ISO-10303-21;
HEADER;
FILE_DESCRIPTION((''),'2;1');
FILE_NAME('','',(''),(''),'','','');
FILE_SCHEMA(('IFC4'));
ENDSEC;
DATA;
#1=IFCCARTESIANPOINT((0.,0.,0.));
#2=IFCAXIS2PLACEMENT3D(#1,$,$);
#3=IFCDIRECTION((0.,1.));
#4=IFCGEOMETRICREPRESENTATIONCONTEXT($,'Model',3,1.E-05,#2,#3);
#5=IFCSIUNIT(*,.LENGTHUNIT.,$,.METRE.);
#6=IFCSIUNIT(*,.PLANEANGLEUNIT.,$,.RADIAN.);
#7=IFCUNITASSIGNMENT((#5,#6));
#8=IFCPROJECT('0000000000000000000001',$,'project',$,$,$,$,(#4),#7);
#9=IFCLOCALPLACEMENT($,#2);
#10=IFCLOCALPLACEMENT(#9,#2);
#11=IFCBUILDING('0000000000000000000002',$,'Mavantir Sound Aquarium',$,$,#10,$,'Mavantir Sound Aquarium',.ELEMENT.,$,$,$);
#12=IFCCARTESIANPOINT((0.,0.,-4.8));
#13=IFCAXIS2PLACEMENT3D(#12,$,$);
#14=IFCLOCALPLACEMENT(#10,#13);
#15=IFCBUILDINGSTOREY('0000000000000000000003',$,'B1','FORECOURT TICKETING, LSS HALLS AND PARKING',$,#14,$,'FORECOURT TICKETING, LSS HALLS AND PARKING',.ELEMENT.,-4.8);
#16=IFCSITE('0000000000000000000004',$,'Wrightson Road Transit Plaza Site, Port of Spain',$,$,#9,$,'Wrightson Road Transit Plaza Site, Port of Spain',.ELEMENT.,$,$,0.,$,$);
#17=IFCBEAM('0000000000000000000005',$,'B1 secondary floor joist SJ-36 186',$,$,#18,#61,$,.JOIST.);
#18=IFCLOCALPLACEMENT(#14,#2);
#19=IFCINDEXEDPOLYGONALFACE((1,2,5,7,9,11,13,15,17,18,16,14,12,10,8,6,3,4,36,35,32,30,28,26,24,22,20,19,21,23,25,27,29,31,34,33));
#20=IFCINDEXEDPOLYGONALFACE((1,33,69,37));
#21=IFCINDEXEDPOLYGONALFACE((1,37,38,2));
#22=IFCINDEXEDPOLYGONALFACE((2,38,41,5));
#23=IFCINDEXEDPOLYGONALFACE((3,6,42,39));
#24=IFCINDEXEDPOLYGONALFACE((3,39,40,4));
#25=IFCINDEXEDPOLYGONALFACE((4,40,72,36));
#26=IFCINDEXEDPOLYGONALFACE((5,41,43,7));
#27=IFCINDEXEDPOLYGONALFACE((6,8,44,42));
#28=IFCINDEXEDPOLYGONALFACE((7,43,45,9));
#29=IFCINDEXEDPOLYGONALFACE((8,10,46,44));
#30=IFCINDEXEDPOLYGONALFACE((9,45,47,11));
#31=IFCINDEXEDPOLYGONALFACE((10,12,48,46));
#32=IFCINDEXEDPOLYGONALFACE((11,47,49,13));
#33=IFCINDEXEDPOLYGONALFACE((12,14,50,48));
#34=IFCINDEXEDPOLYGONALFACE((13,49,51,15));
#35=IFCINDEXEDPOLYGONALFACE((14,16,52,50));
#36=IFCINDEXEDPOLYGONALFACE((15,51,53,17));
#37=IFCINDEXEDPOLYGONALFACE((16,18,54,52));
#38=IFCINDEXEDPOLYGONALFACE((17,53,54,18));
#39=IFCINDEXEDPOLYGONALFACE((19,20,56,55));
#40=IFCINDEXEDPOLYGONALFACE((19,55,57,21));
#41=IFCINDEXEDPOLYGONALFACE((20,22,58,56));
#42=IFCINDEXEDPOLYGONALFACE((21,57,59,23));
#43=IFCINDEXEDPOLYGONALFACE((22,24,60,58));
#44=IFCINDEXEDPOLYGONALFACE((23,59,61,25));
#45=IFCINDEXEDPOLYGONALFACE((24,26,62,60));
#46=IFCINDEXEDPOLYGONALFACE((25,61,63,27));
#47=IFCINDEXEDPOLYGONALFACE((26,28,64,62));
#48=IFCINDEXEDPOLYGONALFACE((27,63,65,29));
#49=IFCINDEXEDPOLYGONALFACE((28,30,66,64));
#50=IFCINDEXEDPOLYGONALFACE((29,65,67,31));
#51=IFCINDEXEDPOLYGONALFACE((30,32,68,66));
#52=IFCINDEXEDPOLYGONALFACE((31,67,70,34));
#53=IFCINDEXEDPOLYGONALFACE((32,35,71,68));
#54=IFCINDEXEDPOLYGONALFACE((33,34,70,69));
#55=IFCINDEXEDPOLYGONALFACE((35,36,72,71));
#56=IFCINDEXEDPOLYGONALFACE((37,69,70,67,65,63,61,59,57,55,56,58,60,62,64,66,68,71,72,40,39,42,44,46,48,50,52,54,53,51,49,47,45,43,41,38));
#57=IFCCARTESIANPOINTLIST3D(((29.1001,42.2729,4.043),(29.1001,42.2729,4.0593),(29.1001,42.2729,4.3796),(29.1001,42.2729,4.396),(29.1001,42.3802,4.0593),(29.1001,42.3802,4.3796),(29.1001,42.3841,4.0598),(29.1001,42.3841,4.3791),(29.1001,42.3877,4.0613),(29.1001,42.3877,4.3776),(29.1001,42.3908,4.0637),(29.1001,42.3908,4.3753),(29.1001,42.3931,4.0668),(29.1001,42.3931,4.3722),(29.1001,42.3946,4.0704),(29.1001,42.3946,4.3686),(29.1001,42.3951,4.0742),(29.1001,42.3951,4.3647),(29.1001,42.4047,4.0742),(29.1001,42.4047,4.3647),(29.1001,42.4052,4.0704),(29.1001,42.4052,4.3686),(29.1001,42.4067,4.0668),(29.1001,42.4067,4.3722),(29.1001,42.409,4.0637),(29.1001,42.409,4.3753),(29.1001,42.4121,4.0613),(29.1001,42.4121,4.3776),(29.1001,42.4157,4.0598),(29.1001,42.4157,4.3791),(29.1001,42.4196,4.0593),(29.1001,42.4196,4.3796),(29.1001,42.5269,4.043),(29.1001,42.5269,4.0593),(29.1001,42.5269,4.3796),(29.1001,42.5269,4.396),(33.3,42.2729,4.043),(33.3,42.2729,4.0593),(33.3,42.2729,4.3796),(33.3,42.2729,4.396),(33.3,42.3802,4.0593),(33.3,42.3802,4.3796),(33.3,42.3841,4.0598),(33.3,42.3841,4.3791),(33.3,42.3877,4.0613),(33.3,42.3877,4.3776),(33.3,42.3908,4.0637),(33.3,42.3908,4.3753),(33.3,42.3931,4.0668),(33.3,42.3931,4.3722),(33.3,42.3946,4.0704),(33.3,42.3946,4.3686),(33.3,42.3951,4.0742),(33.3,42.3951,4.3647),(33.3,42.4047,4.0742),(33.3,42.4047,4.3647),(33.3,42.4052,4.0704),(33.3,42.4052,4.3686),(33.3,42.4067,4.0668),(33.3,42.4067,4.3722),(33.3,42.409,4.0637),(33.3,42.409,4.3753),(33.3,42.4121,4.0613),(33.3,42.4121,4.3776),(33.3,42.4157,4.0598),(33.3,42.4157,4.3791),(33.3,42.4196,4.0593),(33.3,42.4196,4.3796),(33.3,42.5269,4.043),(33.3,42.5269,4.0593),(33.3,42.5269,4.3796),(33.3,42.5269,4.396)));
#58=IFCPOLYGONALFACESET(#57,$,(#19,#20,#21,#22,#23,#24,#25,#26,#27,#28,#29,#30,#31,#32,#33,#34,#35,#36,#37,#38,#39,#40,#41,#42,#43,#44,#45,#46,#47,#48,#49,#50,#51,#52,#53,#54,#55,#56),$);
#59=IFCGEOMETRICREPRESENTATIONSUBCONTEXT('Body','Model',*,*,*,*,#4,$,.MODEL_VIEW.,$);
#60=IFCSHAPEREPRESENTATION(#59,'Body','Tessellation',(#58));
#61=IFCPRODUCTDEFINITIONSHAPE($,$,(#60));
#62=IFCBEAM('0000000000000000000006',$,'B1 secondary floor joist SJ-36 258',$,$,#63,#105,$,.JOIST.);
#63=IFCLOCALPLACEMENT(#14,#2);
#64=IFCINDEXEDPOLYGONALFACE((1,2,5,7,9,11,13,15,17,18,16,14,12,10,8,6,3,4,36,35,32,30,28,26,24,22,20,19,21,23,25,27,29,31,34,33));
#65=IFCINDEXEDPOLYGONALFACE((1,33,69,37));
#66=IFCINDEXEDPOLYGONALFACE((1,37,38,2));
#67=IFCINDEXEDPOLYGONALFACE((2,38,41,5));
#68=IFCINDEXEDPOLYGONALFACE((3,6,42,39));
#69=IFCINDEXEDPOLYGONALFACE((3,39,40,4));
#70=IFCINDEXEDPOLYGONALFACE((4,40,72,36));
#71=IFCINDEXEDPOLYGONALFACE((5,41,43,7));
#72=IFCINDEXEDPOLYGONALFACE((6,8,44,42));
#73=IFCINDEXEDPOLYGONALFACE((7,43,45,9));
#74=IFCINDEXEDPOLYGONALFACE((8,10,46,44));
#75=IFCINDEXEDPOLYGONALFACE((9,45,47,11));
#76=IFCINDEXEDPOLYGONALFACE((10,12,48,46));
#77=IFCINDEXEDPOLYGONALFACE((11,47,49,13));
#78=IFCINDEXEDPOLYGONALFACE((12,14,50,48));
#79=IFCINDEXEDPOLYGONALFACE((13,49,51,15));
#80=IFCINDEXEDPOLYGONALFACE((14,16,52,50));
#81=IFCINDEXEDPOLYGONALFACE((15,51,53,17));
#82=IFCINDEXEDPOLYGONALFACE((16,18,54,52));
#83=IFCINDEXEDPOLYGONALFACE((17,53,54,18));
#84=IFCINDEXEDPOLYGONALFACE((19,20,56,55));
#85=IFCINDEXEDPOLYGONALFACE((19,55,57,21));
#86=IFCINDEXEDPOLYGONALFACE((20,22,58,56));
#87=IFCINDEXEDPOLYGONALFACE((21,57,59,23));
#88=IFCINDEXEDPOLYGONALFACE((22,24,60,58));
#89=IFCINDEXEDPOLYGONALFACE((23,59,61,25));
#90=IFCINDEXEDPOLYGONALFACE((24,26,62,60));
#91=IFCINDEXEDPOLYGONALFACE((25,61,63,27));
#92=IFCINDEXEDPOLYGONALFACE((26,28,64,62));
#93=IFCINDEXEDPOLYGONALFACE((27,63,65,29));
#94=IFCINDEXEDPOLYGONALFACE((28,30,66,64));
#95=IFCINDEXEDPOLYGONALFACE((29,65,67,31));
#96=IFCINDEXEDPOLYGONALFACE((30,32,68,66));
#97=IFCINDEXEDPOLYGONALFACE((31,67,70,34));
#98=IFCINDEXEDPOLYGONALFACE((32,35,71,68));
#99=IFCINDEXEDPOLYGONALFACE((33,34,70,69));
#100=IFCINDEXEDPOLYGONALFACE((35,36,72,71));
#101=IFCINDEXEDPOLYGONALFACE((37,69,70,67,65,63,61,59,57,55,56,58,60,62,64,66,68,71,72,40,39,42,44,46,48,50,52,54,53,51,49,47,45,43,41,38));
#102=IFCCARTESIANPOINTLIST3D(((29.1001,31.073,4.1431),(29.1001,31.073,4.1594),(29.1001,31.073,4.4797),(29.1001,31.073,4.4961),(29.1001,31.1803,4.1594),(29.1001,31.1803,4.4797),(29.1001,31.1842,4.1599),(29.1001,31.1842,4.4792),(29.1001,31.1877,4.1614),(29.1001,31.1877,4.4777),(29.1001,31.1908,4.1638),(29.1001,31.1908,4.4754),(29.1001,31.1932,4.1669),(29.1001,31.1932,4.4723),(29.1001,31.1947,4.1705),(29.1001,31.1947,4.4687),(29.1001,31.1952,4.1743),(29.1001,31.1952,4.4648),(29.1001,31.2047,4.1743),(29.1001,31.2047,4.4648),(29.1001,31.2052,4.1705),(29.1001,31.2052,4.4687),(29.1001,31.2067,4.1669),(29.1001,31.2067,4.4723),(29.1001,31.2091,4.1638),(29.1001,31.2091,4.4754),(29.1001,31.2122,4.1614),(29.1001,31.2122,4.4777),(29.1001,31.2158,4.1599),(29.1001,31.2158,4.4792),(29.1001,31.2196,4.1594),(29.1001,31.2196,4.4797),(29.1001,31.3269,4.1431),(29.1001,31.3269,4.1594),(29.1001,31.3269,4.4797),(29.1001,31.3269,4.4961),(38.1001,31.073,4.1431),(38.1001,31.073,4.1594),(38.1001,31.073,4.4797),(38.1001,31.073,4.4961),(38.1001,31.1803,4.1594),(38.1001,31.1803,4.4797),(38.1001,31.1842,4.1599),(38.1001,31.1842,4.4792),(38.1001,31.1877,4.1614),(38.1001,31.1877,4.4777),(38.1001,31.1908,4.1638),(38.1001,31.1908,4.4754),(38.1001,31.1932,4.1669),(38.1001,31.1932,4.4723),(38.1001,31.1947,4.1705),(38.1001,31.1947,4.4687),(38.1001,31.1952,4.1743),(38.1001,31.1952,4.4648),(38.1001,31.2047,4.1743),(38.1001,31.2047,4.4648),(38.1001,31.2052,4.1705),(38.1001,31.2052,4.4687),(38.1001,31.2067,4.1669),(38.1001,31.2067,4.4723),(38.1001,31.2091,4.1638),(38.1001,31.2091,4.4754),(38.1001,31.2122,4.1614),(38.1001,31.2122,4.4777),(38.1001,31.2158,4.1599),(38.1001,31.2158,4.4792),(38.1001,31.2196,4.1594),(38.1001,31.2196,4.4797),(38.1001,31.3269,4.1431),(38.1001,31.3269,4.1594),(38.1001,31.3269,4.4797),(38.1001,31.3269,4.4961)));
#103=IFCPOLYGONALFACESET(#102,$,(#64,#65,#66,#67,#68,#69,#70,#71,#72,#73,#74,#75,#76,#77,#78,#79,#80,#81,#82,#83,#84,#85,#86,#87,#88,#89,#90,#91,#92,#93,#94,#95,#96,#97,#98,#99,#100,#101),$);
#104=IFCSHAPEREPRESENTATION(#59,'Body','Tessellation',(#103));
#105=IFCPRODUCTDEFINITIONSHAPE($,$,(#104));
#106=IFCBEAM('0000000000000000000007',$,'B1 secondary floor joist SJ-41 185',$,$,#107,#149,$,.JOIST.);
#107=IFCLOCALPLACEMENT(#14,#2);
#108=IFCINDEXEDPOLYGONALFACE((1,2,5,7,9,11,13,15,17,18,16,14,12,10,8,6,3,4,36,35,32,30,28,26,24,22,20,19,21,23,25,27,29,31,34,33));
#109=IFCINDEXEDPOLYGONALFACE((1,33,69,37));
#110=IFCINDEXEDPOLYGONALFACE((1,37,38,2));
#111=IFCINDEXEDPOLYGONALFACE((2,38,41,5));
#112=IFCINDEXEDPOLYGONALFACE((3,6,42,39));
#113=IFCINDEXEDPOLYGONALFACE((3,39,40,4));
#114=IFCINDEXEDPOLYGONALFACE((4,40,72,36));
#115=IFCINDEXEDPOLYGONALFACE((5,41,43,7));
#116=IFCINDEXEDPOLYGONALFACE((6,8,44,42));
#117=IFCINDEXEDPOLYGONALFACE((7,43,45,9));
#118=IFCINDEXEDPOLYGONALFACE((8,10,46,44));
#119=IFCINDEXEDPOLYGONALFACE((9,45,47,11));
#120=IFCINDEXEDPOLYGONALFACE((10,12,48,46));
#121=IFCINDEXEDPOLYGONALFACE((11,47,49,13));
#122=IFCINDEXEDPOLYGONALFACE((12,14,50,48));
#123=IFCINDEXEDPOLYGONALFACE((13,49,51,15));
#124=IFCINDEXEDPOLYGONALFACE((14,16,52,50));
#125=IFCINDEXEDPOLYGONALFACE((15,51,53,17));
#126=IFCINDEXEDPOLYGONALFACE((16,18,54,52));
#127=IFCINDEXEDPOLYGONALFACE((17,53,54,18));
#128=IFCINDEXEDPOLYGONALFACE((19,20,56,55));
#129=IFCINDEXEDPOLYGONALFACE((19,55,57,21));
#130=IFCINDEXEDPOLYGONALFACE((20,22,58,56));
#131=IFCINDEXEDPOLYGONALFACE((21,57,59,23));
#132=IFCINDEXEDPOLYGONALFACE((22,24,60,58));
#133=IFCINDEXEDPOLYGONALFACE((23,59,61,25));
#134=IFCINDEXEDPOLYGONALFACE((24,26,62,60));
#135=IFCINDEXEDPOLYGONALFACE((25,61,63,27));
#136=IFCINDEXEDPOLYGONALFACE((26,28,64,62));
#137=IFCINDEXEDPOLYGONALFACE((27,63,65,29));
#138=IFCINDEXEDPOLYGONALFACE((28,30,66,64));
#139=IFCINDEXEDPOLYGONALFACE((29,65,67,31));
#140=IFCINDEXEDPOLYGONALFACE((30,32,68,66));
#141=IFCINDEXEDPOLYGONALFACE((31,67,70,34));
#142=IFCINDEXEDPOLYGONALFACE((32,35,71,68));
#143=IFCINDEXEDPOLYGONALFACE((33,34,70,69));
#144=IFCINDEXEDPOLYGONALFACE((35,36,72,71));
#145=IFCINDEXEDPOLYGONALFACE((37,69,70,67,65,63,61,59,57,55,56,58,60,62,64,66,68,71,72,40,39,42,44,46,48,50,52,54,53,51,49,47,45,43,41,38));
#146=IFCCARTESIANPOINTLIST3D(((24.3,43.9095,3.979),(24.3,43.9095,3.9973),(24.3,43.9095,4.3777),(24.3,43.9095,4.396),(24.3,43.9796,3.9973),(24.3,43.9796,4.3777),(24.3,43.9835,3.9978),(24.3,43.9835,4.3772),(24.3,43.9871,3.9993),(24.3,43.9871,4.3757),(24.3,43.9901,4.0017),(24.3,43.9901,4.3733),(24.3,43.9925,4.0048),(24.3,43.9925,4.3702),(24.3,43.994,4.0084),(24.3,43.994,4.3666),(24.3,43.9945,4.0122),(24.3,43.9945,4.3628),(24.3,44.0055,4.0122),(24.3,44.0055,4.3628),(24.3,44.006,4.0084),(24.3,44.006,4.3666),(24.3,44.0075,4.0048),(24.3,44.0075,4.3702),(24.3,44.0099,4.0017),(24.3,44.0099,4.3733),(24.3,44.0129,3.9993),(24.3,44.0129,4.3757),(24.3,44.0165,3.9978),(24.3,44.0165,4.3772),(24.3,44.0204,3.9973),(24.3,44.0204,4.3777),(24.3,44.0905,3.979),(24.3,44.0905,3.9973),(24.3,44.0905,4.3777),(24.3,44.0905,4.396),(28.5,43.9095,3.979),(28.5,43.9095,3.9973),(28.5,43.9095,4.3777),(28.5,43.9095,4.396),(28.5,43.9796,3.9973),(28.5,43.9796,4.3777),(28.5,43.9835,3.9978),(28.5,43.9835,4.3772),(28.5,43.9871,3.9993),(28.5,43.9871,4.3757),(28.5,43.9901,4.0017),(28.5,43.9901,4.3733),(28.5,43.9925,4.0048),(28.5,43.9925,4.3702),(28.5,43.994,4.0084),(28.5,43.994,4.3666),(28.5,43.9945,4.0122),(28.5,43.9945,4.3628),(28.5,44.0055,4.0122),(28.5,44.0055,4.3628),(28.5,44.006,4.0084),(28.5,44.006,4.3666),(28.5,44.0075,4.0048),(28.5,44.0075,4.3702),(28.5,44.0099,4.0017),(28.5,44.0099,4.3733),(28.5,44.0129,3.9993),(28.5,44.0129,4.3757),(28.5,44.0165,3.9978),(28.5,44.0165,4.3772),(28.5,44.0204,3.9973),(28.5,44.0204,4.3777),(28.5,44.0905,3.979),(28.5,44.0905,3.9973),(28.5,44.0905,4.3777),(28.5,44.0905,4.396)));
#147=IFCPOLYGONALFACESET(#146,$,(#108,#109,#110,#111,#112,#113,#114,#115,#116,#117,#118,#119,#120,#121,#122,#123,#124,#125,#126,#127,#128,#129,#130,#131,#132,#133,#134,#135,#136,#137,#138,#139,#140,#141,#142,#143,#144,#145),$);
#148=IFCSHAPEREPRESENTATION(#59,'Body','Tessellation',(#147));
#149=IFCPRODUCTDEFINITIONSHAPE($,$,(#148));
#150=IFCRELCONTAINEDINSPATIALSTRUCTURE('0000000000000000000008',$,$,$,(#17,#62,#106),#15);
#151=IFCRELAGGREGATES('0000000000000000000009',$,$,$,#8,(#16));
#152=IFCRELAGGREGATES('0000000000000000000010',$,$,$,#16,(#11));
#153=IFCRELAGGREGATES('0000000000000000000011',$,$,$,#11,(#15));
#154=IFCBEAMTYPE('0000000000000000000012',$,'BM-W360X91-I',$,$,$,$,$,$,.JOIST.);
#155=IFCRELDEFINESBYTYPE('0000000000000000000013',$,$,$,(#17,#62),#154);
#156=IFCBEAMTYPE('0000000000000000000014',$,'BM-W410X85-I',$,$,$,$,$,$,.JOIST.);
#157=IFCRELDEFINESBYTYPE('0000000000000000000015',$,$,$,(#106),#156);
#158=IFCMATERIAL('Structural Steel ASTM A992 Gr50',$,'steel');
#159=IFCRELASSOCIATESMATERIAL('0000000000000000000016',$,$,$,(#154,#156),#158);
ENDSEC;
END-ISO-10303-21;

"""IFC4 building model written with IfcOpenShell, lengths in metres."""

from ifc_helpers import new_model, si_unit, direction, frame, origin, origin_2d, place, context, subcontext, project, spatial, i_section, extrude, material, material_profile, profile_set, type_object, element, save


model = new_model("IFC4")

# Units and contexts
model_context = context("Model", 3, precision=1e-05, world=origin(), true_north=direction((0.0, 1.0)))
body_context = subcontext(model_context, "Body", "Model", "MODEL_VIEW")
ifc_project = project(units=[si_unit("LENGTHUNIT", "METRE"), si_unit("PLANEANGLEUNIT", "RADIAN")], contexts=[model_context])

# Site, building, storey
site_placement = place(None, origin())
site = spatial("IfcSite", under=ifc_project, at=site_placement, Name="Wrightson Road Transit Plaza Site, Port of Spain", LongName="Wrightson Road Transit Plaza Site, Port of Spain", CompositionType="ELEMENT", RefElevation=0.0)
building_placement = place(site_placement, origin())
building = spatial("IfcBuilding", under=site, at=building_placement, Name="Mavantir Sound Aquarium", LongName="Mavantir Sound Aquarium", CompositionType="ELEMENT")
storey_placement = place(building_placement, frame((0.0, 0.0, -4.8)))
storey = spatial("IfcBuildingStorey", under=building, at=storey_placement, Name="B1", Description="FORECOURT TICKETING, LSS HALLS AND PARKING", LongName="FORECOURT TICKETING, LSS HALLS AND PARKING", CompositionType="ELEMENT", Elevation=-4.8)

# Beams
ifc_material_1 = material(Name="Structural Steel ASTM A992 Gr50", Category="steel")
ifc_material_profile_1 = material_profile(ifc_material_1, i_section(OverallWidth=0.2539, OverallDepth=0.353, WebThickness=0.0095, FlangeThickness=0.0164, FilletRadius=0.0149, at=origin_2d()), Name="W360X91")
ifc_profile_set_1 = profile_set([ifc_material_profile_1], Name="Structural Steel ASTM A992 Gr50")
beam_type_1 = type_object("IfcBeamType", Name="BM-W360X91-I", PredefinedType="JOIST", material=ifc_profile_set_1)
beam_1_placement = place(storey_placement, frame((29.1001, 42.3999, 4.2195), z_axis=(1.0, 0.0, 0.0), x_axis=(0.0, 1.0, 0.0)))
element("IfcBeam", 1, at=beam_1_placement, inside=storey, type_object=beam_type_1, Name="B1 secondary floor joist SJ-36 186", PredefinedType="JOIST", context=body_context, shape_type="SweptSolid", body=[
    extrude(i_section(OverallWidth=0.2539, OverallDepth=0.353, WebThickness=0.0095, FlangeThickness=0.0164, FilletRadius=0.0149, at=origin_2d()), origin(), (0.0, 0.0, 1.0), 4.2),
])
beam_2_placement = place(storey_placement, frame((29.1001, 31.2, 4.3196), z_axis=(1.0, 0.0, 0.0), x_axis=(0.0, 1.0, 0.0)))
element("IfcBeam", 2, at=beam_2_placement, inside=storey, type_object=beam_type_1, Name="B1 secondary floor joist SJ-36 258", PredefinedType="JOIST", context=body_context, shape_type="SweptSolid", body=[
    extrude(i_section(OverallWidth=0.2539, OverallDepth=0.353, WebThickness=0.0095, FlangeThickness=0.0164, FilletRadius=0.0149, at=origin_2d()), origin(), (0.0, 0.0, 1.0), 9.0),
])
ifc_material_profile_2 = material_profile(ifc_material_1, i_section(OverallWidth=0.1809, OverallDepth=0.417, WebThickness=0.011, FlangeThickness=0.0183, FilletRadius=0.0149, at=origin_2d()), Name="W410X85")
ifc_profile_set_2 = profile_set([ifc_material_profile_2], Name="Structural Steel ASTM A992 Gr50")
beam_type_2 = type_object("IfcBeamType", Name="BM-W410X85-I", PredefinedType="JOIST", material=ifc_profile_set_2)
beam_3_placement = place(storey_placement, frame((24.3, 44.0, 4.1875), z_axis=(1.0, 0.0, 0.0), x_axis=(0.0, 1.0, 0.0)))
element("IfcBeam", 3, at=beam_3_placement, inside=storey, type_object=beam_type_2, Name="B1 secondary floor joist SJ-41 185", PredefinedType="JOIST", context=body_context, shape_type="SweptSolid", body=[
    extrude(i_section(OverallWidth=0.1809, OverallDepth=0.417, WebThickness=0.011, FlangeThickness=0.0183, FilletRadius=0.0149, at=origin_2d()), origin(), (0.0, 0.0, 1.0), 4.2),
])

save(model, "model.ifc")
